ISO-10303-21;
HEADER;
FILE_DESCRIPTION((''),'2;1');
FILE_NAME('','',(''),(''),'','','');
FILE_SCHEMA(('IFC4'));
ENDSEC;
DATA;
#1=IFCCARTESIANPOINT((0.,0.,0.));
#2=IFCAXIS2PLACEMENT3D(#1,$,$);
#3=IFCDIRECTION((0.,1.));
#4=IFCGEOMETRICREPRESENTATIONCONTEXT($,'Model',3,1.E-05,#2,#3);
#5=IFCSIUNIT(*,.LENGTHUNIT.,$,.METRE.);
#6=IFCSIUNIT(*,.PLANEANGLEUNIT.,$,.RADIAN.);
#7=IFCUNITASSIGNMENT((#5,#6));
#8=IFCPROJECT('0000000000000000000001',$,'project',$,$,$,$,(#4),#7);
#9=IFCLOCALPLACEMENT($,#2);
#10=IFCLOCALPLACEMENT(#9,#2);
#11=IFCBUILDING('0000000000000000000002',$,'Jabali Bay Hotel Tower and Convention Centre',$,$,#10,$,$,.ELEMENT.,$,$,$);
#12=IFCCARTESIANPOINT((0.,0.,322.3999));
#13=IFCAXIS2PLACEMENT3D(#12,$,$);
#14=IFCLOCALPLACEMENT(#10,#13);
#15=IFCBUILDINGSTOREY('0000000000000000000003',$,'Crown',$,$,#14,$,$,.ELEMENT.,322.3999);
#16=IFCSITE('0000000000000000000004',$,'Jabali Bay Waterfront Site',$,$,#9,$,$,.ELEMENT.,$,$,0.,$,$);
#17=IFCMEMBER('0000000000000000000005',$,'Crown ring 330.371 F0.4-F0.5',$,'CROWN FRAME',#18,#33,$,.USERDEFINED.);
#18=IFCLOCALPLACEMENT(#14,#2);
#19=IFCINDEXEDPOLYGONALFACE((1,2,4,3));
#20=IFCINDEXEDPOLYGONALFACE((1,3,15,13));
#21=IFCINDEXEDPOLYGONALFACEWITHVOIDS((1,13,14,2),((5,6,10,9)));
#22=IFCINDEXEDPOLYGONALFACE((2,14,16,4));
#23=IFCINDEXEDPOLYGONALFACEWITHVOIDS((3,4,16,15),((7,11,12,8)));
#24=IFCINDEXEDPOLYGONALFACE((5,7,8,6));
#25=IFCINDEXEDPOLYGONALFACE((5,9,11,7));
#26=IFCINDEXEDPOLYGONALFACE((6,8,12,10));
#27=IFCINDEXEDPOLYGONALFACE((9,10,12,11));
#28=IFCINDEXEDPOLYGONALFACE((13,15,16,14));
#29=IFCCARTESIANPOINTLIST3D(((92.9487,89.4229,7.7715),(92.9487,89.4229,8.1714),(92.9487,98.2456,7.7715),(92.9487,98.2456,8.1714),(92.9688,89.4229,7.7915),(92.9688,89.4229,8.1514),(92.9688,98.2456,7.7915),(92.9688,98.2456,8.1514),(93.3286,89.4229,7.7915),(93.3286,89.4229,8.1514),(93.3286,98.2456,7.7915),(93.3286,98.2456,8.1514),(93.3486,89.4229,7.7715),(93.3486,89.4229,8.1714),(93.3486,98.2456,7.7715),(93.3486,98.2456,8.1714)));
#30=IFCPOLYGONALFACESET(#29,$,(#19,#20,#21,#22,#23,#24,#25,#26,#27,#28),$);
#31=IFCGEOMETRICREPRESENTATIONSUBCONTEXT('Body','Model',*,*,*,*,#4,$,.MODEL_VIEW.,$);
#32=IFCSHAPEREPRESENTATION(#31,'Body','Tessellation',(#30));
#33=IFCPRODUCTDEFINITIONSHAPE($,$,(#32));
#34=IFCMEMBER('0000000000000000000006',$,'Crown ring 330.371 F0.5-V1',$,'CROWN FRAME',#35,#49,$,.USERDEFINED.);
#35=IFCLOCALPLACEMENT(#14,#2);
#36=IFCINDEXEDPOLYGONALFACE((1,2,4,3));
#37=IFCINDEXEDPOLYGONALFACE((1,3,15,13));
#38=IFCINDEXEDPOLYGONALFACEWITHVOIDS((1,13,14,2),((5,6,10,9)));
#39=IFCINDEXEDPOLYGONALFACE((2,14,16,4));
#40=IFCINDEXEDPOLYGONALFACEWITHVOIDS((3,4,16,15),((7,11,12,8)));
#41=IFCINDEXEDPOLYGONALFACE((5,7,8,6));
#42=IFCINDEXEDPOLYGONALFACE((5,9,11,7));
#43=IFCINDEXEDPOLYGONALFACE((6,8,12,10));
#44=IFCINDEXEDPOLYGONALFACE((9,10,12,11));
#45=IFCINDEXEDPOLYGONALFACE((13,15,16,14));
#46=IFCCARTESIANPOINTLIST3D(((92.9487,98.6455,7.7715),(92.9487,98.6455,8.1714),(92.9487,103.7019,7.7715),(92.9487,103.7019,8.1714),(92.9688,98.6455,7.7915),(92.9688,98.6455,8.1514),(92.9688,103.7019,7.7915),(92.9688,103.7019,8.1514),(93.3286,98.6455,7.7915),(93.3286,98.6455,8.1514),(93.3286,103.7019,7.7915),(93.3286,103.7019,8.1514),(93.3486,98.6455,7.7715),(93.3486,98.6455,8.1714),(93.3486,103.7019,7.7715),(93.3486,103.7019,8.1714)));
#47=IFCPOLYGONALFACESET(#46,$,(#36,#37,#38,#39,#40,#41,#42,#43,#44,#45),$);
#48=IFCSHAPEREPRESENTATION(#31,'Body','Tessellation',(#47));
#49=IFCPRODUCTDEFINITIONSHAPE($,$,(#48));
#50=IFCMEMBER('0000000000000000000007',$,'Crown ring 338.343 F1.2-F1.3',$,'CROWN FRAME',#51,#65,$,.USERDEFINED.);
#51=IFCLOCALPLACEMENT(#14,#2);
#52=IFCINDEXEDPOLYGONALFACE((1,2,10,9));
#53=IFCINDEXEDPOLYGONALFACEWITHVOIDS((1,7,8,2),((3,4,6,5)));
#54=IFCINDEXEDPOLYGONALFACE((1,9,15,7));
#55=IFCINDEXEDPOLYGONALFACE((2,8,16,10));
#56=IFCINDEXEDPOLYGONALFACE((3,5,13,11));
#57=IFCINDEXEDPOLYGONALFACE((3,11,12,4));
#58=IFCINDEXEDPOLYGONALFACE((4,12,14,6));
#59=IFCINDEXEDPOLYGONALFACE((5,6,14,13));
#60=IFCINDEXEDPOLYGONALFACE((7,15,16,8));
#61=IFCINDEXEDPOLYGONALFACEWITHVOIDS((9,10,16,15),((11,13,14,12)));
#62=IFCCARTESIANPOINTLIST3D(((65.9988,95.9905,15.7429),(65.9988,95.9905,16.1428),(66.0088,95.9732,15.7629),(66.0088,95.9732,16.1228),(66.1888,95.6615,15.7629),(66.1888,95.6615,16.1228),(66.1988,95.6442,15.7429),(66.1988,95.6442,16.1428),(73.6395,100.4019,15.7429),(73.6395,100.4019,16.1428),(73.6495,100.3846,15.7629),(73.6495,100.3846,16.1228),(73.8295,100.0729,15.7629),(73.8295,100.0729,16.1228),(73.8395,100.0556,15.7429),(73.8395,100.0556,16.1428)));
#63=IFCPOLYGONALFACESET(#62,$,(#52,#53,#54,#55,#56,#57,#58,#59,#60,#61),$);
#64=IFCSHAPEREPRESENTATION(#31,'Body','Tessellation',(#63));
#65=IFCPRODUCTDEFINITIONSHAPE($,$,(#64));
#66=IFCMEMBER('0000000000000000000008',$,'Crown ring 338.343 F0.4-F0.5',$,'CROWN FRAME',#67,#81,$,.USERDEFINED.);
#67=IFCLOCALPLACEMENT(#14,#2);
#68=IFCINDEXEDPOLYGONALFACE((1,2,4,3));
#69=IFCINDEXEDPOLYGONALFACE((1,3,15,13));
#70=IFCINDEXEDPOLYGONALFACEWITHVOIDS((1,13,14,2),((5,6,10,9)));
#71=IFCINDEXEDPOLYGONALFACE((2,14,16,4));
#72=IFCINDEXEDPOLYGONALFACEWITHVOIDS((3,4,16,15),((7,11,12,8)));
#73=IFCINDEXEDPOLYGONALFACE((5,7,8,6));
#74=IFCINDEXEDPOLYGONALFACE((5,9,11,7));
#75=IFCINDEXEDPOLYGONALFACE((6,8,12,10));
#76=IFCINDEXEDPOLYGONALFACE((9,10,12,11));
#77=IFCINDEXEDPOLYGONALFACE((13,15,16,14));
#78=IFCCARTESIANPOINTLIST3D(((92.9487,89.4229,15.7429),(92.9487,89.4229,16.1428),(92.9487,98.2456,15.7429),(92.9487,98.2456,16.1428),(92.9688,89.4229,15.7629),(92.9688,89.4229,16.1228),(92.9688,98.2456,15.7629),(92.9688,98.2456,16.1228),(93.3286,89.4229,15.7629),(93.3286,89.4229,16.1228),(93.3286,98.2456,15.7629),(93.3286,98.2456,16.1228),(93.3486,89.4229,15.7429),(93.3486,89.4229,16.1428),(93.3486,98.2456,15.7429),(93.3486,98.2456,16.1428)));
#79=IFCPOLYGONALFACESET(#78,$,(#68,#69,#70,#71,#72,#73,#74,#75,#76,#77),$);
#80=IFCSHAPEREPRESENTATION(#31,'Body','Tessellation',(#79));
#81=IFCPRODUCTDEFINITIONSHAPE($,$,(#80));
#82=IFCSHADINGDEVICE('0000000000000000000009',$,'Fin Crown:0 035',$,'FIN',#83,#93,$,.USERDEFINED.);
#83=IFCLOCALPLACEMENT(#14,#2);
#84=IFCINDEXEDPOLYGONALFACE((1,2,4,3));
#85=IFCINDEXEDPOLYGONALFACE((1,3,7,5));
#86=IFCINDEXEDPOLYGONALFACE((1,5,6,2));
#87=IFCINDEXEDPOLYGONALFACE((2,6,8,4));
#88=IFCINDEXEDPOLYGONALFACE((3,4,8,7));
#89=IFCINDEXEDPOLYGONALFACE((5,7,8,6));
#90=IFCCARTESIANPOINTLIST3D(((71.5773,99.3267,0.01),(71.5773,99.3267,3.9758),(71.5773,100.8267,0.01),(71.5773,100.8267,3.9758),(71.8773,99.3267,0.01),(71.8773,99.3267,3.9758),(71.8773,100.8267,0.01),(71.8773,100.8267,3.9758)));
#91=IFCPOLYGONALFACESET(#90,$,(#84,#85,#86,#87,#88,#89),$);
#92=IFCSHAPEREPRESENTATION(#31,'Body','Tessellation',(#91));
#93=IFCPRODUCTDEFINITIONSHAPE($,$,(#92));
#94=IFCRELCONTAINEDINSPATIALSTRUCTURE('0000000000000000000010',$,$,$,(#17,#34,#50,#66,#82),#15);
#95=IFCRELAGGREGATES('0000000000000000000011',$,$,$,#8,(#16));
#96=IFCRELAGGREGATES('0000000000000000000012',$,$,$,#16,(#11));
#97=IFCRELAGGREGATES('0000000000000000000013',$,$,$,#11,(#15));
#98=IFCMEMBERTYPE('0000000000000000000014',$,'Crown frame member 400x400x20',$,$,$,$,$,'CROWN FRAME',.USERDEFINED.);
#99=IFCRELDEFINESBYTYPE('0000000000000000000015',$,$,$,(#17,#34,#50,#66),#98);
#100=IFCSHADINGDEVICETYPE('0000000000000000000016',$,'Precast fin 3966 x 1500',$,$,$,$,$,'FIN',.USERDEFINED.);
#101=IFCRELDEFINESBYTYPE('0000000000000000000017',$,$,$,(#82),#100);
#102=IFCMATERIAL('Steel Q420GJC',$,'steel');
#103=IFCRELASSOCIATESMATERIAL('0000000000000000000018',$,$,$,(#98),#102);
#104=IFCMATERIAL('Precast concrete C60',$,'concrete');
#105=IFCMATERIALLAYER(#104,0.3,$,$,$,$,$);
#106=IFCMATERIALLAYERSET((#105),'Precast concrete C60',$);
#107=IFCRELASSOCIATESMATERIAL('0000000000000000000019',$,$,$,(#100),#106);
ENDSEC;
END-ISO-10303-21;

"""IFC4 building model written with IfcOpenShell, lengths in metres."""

from ifc_helpers import new_model, si_unit, direction, frame, frame_2d, origin, origin_2d, place, context, subcontext, project, spatial, rectangle, hollow_rectangle, extrude, material, layer, layer_set, material_profile, profile_set, type_object, element, save


model = new_model("IFC4")

# Units and contexts
model_context = context("Model", 3, precision=1e-05, world=origin(), true_north=direction((0.0, 1.0)))
body_context = subcontext(model_context, "Body", "Model", "MODEL_VIEW")
ifc_project = project(units=[si_unit("LENGTHUNIT", "METRE"), si_unit("PLANEANGLEUNIT", "RADIAN")], contexts=[model_context])

# Site, building, storey
site_placement = place(None, origin())
site = spatial("IfcSite", under=ifc_project, at=site_placement, Name="Jabali Bay Waterfront Site", CompositionType="ELEMENT", RefElevation=0.0)
building_placement = place(site_placement, origin())
building = spatial("IfcBuilding", under=site, at=building_placement, Name="Jabali Bay Hotel Tower and Convention Centre", CompositionType="ELEMENT")
storey_placement = place(building_placement, frame((0.0, 0.0, 322.3999)))
storey = spatial("IfcBuildingStorey", under=building, at=storey_placement, Name="Crown", CompositionType="ELEMENT", Elevation=322.3999)

# Members
ifc_material_1 = material(Name="Steel Q420GJC", Category="steel")
ifc_material_profile_1 = material_profile(ifc_material_1, hollow_rectangle(XDim=0.3999, YDim=0.3999, WallThickness=0.02, at=origin_2d()), Name="Crown frame member 400x400x20")
ifc_profile_set_1 = profile_set([ifc_material_profile_1], Name="Steel Q420GJC")
member_type_1 = type_object("IfcMemberType", Name="Crown frame member 400x400x20", ElementType="CROWN FRAME", PredefinedType="USERDEFINED", material=ifc_profile_set_1)
for number, where, z_axis, x_axis, name in (
    (1, (93.1487, 89.4229, 7.9714), (0.0, 1.0, 0.0), (-1.0, 0.0, 0.0), "Crown ring 330.371 F0.4-F0.5"),
):
    element("IfcMember", number, at=place(storey_placement, frame(where, z_axis=z_axis, x_axis=x_axis)), inside=storey, type_object=member_type_1, Name=name, ObjectType="CROWN FRAME", PredefinedType="USERDEFINED", context=body_context, shape_type="SweptSolid", body=[
        extrude(hollow_rectangle(XDim=0.3999, YDim=0.3999, WallThickness=0.02, at=origin_2d()), origin(), (0.0, 0.0, 1.0), 8.8228),
    ])
member_1_placement = place(storey_placement, frame((93.1487, 98.6455, 7.9714), z_axis=(0.0, 1.0, 0.0), x_axis=(-1.0, 0.0, 0.0)))
element("IfcMember", 2, at=member_1_placement, inside=storey, type_object=member_type_1, Name="Crown ring 330.371 F0.5-V1", ObjectType="CROWN FRAME", PredefinedType="USERDEFINED", context=body_context, shape_type="SweptSolid", body=[
    extrude(hollow_rectangle(XDim=0.3999, YDim=0.3999, WallThickness=0.02, at=origin_2d()), origin(), (0.0, 0.0, 1.0), 5.0564),
])
for number, where, z_axis, x_axis, name in (
    (3, (73.7395, 100.2288, 15.9429), (-0.866022, -0.500005, 0.0), (0.500005, -0.866022, 0.0), "Crown ring 338.343 F1.2-F1.3"),
    (4, (93.1487, 89.4229, 15.9429), (0.0, 1.0, 0.0), (-1.0, 0.0, 0.0), "Crown ring 338.343 F0.4-F0.5"),
):
    element("IfcMember", number, at=place(storey_placement, frame(where, z_axis=z_axis, x_axis=x_axis)), inside=storey, type_object=member_type_1, Name=name, ObjectType="CROWN FRAME", PredefinedType="USERDEFINED", context=body_context, shape_type="SweptSolid", body=[
        extrude(hollow_rectangle(XDim=0.3999, YDim=0.3999, WallThickness=0.02, at=origin_2d()), origin(), (0.0, 0.0, 1.0), 8.8228),
    ])

# Shading device
ifc_material_2 = material(Name="Precast concrete C60", Category="concrete")
ifc_layer = layer(ifc_material_2, 0.3)
ifc_layer_set = layer_set([ifc_layer], Name="Precast concrete C60")
shading_device_type = type_object("IfcShadingDeviceType", Name="Precast fin 3966 x 1500", ElementType="FIN", PredefinedType="USERDEFINED", material=ifc_layer_set)
shading_device_placement = place(storey_placement, frame((71.7273, 99.3267, 0.01), z_axis=(0.0, 0.0, 1.0), x_axis=(0.0, 1.0, 0.0)))
element("IfcShadingDevice", 5, at=shading_device_placement, inside=storey, type_object=shading_device_type, Name="Fin Crown:0 035", ObjectType="FIN", PredefinedType="USERDEFINED", context=body_context, shape_type="SweptSolid", body=[
    extrude(rectangle(XDim=1.5, YDim=0.3, at=frame_2d((0.75, 0.0))), origin(), (0.0, 0.0, 1.0), 3.9658),
])

save(model, "model.ifc")
